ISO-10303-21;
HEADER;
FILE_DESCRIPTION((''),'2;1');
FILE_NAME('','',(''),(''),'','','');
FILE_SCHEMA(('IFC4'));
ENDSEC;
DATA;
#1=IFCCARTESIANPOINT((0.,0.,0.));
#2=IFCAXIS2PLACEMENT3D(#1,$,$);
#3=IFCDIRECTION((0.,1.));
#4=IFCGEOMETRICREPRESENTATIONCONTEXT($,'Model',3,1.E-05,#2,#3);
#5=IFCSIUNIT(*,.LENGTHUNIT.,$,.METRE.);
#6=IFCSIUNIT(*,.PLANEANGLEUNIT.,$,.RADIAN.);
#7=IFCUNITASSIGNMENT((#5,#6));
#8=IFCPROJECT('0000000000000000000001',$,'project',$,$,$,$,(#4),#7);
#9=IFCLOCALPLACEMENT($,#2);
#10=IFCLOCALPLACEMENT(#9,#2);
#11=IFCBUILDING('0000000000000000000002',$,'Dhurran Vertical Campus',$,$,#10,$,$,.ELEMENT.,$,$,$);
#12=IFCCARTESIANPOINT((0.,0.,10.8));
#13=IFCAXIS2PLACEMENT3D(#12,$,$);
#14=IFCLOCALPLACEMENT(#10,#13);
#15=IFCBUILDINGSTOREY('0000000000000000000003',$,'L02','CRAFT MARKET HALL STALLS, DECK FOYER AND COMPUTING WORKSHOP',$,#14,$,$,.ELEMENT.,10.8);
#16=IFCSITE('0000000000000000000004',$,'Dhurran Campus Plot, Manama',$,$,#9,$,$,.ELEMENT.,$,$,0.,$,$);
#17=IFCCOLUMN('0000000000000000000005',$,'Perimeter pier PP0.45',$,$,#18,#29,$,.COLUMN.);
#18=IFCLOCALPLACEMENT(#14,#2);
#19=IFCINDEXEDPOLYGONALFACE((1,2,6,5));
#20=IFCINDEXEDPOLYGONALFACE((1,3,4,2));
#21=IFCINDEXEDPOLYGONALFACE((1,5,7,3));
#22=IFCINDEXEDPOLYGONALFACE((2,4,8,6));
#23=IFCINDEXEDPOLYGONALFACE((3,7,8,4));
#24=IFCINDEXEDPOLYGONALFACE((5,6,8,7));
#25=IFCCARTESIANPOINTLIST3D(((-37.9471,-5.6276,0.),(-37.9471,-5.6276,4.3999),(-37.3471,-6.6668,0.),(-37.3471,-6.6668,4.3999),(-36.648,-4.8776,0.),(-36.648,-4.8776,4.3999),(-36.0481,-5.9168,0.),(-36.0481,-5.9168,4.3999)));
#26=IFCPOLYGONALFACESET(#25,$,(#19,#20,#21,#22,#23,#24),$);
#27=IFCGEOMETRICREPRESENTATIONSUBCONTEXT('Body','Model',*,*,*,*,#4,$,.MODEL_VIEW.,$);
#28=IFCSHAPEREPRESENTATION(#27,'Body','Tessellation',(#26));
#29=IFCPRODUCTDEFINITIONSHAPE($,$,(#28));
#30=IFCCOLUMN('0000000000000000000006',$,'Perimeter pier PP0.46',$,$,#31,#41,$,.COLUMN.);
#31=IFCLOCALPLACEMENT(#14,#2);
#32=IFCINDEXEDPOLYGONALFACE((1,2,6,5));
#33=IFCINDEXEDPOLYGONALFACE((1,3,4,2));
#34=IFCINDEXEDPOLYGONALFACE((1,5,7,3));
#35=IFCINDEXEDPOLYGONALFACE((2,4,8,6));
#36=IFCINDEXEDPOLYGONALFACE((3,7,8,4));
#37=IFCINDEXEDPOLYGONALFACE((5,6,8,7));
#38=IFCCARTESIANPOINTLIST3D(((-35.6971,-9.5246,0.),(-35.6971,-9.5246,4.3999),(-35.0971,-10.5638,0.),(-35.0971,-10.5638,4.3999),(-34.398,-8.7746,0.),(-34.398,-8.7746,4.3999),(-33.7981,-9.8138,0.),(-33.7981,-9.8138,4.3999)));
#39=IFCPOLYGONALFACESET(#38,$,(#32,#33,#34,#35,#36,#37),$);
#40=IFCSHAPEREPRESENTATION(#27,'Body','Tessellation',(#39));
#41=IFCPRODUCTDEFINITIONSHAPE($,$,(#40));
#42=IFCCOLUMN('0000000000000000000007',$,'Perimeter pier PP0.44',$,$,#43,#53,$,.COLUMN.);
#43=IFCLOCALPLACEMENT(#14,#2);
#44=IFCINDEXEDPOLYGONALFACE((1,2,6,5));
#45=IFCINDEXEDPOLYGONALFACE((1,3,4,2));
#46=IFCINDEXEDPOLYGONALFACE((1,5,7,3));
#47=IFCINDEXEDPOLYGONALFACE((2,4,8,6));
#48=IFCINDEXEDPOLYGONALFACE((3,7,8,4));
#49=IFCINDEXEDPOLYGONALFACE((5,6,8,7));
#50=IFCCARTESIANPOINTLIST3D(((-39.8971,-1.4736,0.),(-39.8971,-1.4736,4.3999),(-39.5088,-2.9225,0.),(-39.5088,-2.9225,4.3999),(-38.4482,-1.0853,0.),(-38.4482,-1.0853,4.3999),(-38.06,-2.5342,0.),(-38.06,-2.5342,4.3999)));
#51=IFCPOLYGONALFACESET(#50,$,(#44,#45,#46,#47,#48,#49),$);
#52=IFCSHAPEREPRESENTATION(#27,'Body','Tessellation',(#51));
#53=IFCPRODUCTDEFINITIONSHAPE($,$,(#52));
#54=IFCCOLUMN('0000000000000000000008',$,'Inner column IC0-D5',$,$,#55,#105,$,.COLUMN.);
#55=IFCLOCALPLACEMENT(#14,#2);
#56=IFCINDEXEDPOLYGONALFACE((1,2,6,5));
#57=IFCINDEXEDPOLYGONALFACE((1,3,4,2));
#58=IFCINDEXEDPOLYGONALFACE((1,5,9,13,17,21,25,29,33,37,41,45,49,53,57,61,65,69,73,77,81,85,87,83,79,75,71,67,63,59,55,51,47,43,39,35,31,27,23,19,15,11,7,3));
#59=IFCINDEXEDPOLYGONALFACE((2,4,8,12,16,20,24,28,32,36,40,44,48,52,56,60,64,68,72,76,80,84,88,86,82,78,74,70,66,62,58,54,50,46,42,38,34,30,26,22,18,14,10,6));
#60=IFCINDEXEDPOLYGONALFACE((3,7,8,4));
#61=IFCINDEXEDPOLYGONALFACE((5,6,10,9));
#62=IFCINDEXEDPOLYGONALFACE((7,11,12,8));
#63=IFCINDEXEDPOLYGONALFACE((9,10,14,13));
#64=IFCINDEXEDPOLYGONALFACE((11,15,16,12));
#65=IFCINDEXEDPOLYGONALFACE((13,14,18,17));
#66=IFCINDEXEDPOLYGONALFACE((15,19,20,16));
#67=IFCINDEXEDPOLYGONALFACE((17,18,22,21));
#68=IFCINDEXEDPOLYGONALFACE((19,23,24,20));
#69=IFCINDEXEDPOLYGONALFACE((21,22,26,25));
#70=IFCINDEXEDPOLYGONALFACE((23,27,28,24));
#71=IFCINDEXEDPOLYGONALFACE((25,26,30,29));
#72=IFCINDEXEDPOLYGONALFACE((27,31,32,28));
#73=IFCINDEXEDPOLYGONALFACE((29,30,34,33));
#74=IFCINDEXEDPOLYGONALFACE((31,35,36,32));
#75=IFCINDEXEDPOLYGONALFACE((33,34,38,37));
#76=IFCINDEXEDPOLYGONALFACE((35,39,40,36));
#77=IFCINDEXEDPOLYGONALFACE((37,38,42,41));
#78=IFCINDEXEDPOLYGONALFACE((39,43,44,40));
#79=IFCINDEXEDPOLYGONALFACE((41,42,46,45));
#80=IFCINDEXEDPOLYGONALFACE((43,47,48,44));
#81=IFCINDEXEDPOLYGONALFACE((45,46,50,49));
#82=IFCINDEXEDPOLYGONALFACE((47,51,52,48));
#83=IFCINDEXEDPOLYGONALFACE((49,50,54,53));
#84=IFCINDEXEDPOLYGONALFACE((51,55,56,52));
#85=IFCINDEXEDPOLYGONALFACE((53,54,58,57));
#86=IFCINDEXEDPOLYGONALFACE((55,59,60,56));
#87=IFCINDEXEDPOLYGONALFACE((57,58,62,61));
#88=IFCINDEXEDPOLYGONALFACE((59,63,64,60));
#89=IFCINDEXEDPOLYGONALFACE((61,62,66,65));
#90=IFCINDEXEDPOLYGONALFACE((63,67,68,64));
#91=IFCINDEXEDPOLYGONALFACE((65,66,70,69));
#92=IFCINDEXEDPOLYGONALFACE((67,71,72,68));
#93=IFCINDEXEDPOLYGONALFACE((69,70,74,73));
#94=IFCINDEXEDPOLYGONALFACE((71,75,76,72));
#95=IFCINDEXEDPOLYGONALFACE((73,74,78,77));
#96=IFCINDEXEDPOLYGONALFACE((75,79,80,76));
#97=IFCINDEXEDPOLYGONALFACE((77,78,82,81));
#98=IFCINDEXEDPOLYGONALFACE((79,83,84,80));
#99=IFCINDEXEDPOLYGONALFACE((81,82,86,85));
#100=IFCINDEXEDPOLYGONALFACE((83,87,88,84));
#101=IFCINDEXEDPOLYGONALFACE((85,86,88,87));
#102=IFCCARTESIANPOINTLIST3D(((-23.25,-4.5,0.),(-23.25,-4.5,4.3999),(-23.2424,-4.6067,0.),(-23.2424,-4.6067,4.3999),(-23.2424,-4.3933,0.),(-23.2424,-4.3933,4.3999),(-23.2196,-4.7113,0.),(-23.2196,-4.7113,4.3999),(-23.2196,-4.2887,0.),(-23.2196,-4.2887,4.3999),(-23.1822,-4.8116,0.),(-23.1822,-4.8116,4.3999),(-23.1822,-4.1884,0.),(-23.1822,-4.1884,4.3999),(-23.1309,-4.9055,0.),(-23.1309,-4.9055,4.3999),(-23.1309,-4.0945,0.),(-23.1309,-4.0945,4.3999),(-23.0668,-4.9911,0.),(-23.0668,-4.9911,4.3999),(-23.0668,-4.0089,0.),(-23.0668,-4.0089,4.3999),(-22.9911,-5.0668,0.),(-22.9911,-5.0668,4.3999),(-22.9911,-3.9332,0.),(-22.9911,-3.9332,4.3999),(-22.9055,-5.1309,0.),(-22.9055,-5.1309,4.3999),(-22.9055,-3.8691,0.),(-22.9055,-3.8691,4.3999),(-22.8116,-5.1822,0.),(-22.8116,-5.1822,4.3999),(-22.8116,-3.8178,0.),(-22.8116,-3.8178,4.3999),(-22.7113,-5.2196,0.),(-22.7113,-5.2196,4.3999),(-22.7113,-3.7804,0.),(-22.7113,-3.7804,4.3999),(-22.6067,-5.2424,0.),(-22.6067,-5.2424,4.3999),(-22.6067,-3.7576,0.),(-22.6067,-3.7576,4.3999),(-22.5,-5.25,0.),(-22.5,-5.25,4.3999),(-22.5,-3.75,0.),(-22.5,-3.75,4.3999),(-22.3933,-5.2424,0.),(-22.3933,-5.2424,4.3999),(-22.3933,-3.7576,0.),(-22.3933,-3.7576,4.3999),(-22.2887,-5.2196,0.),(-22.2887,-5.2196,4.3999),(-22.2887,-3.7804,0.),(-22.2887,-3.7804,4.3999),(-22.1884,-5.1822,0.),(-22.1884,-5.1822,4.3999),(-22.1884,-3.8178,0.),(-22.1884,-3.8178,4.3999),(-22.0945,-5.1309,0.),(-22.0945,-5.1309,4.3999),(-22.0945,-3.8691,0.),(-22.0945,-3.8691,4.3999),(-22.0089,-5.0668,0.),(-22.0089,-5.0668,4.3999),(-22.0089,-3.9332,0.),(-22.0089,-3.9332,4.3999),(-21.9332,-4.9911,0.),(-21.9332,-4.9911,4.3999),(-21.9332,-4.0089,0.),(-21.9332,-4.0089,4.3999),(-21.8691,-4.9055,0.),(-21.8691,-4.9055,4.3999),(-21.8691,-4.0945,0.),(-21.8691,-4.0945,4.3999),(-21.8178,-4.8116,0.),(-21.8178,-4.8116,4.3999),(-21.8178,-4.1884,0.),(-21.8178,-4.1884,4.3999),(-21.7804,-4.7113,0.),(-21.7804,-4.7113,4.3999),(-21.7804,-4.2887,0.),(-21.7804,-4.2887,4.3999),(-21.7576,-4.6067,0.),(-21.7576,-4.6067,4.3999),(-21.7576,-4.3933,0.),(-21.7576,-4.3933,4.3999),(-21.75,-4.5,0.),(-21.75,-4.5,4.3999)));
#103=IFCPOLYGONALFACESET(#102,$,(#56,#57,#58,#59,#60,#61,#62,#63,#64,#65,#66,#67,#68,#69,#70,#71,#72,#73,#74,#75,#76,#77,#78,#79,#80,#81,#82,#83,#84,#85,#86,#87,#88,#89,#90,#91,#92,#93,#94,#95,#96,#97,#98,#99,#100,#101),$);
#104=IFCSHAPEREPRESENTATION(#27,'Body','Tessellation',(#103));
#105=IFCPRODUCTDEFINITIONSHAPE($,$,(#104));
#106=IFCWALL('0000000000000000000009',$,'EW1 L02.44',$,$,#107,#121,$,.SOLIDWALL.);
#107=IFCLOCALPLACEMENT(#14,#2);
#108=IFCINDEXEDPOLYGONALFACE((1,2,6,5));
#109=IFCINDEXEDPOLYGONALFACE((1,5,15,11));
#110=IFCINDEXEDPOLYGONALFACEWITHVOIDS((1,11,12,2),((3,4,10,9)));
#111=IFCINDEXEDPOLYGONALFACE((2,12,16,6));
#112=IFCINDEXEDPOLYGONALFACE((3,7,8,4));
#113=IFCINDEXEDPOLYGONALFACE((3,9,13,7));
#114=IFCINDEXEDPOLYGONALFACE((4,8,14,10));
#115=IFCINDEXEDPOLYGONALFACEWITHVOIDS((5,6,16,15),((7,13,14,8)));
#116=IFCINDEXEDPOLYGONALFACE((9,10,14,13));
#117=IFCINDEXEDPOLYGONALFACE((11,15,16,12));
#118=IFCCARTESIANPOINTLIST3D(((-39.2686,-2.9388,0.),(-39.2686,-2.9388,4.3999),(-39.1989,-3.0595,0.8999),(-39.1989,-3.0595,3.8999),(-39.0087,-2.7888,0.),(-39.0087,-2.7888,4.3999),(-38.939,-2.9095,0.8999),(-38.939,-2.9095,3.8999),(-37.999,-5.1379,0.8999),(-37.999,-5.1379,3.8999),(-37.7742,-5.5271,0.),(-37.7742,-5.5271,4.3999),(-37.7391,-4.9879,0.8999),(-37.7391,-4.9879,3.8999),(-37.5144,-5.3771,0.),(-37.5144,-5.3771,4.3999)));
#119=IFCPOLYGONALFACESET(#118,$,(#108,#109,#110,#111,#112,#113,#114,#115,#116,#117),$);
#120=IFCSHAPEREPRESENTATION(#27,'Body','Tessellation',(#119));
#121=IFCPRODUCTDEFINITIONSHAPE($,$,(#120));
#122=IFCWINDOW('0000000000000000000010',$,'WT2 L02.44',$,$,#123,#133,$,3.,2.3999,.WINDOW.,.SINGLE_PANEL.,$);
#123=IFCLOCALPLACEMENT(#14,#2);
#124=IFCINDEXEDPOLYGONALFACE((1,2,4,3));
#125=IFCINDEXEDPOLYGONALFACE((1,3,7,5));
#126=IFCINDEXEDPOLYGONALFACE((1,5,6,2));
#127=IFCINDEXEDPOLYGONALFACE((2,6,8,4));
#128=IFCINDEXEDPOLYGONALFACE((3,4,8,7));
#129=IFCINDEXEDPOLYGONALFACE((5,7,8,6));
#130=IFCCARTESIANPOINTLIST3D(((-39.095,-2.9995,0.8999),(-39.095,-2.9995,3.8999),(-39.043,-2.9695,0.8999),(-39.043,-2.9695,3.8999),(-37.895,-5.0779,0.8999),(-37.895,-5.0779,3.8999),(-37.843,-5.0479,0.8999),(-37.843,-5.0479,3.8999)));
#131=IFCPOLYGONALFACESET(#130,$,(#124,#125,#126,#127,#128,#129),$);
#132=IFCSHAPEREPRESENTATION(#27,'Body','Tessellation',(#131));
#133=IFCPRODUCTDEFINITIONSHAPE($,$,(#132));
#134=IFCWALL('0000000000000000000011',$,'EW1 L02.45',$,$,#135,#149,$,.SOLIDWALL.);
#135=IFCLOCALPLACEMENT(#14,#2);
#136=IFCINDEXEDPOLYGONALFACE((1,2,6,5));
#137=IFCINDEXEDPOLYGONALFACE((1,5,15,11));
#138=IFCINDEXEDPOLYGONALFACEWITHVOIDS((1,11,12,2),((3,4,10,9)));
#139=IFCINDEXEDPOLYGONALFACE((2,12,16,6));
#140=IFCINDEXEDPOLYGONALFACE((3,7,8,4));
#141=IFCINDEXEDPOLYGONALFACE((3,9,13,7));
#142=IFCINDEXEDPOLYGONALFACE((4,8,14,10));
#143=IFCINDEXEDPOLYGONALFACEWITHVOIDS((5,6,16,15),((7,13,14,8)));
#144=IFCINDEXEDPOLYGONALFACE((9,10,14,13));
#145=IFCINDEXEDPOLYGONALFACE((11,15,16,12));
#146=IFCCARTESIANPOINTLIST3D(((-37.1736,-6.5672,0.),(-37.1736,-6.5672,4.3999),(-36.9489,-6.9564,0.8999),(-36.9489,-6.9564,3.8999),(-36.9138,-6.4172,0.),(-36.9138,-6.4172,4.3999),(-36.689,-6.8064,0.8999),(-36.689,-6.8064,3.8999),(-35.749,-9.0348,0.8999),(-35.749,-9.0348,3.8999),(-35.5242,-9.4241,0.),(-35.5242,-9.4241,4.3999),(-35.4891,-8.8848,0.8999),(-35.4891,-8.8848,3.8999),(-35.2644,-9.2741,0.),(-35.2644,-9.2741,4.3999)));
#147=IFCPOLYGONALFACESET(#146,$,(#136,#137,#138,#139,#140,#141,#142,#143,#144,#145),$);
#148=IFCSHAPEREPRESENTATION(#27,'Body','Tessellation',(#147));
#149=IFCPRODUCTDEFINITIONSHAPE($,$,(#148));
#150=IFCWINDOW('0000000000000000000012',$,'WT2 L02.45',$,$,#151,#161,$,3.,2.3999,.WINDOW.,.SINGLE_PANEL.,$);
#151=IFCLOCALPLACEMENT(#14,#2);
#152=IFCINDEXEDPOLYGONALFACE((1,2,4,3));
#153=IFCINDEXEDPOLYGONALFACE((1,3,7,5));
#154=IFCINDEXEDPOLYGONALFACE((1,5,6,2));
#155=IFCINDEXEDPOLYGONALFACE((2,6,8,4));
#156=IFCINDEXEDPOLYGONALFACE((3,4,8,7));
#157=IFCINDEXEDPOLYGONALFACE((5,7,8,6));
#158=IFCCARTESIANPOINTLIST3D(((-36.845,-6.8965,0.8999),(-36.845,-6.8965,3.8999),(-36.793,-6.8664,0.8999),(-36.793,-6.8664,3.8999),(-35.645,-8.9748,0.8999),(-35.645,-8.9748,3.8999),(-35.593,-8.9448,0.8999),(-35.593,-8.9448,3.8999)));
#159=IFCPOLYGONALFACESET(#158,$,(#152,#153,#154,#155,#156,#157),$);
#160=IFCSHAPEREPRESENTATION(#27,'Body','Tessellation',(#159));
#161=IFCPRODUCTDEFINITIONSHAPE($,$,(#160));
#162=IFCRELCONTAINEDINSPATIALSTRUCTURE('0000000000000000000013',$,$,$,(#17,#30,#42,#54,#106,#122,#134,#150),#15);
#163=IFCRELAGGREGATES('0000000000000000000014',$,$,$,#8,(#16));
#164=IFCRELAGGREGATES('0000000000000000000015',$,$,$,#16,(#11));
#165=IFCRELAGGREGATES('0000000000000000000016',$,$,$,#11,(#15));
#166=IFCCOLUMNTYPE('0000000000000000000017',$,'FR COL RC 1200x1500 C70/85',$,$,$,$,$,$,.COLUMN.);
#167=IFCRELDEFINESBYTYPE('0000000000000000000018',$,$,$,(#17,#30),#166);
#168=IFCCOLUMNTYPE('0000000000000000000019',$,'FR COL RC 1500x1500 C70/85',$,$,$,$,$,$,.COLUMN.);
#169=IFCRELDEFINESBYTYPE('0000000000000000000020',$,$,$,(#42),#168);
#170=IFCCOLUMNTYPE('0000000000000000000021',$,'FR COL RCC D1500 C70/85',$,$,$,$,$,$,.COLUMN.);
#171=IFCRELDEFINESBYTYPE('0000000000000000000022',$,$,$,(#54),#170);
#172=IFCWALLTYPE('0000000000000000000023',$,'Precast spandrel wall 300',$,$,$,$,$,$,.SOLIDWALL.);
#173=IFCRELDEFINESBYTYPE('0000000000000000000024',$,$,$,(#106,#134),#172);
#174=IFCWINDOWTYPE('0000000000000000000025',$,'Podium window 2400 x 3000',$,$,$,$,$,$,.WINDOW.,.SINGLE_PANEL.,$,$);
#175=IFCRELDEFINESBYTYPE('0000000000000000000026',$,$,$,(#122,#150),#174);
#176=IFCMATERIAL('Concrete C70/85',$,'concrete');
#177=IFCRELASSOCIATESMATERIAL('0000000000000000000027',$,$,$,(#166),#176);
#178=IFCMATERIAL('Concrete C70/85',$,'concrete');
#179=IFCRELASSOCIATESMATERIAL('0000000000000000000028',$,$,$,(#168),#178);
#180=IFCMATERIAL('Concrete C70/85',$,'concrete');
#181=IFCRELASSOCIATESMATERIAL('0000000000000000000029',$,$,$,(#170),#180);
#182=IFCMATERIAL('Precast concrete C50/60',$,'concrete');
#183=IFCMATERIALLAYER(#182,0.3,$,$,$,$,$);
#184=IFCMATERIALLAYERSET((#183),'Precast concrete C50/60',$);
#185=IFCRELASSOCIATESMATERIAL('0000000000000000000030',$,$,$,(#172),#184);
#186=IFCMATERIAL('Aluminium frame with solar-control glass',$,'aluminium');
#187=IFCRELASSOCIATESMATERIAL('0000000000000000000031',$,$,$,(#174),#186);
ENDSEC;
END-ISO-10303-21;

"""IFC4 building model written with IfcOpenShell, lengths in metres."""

from ifc_helpers import new_model, si_unit, direction, frame, frame_2d, origin, origin_2d, place, context, subcontext, project, spatial, rectangle, circle, extrude, material, layer, layer_set, material_profile, profile_set, type_object, element, fill, save


model = new_model("IFC4")

# Units and contexts
model_context = context("Model", 3, precision=1e-05, world=origin(), true_north=direction((0.0, 1.0)))
body_context = subcontext(model_context, "Body", "Model", "MODEL_VIEW")
ifc_project = project(units=[si_unit("LENGTHUNIT", "METRE"), si_unit("PLANEANGLEUNIT", "RADIAN")], contexts=[model_context])

# Site, building, storey
site_placement = place(None, origin())
site = spatial("IfcSite", under=ifc_project, at=site_placement, Name="Dhurran Campus Plot, Manama", CompositionType="ELEMENT", RefElevation=0.0)
building_placement = place(site_placement, origin())
building = spatial("IfcBuilding", under=site, at=building_placement, Name="Dhurran Vertical Campus", CompositionType="ELEMENT")
storey_placement = place(building_placement, frame((0.0, 0.0, 10.8)))
storey = spatial("IfcBuildingStorey", under=building, at=storey_placement, Name="L02", Description="CRAFT MARKET HALL STALLS, DECK FOYER AND COMPUTING WORKSHOP", CompositionType="ELEMENT", Elevation=10.8)

# Columns
ifc_material_1 = material(Name="Concrete C70/85", Category="concrete")
ifc_material_profile_1 = material_profile(ifc_material_1, rectangle(XDim=1.2, YDim=1.5, at=origin_2d()), Name="RC 1200x1500")
ifc_profile_set_1 = profile_set([ifc_material_profile_1], Name="Concrete C70/85")
column_type_1 = type_object("IfcColumnType", Name="FR COL RC 1200x1500 C70/85", PredefinedType="COLUMN", material=ifc_profile_set_1)
for number, where, z_axis, x_axis, name in (
    (1, (-36.9976, -5.7722, 0.0), (0.0, 0.0, 1.0), (0.5, -0.866025, 0.0), "Perimeter pier PP0.45"),
    (2, (-34.7476, -9.6692, 0.0), (0.0, 0.0, 1.0), (0.5, -0.866025, 0.0), "Perimeter pier PP0.46"),
):
    element("IfcColumn", number, at=place(storey_placement, frame(where, z_axis=z_axis, x_axis=x_axis)), inside=storey, type_object=column_type_1, Name=name, PredefinedType="COLUMN", context=body_context, shape_type="SweptSolid", body=[
        extrude(rectangle(XDim=1.2, YDim=1.5, at=origin_2d()), origin(), (0.0, 0.0, 1.0), 4.3999),
    ])
ifc_material_2 = material(Name="Concrete C70/85", Category="concrete")
ifc_material_profile_2 = material_profile(ifc_material_2, rectangle(XDim=1.5, YDim=1.5, at=origin_2d()), Name="RC 1500x1500")
ifc_profile_set_2 = profile_set([ifc_material_profile_2], Name="Concrete C70/85")
column_type_2 = type_object("IfcColumnType", Name="FR COL RC 1500x1500 C70/85", PredefinedType="COLUMN", material=ifc_profile_set_2)
column_1_placement = place(storey_placement, frame((-38.9785, -2.0039, 0.0), z_axis=(0.0, 0.0, 1.0), x_axis=(0.258819, -0.965926, 0.0)))
element("IfcColumn", 3, at=column_1_placement, inside=storey, type_object=column_type_2, Name="Perimeter pier PP0.44", PredefinedType="COLUMN", context=body_context, shape_type="SweptSolid", body=[
    extrude(rectangle(XDim=1.5, YDim=1.5, at=origin_2d()), origin(), (0.0, 0.0, 1.0), 4.3999),
])
ifc_material_3 = material(Name="Concrete C70/85", Category="concrete")
ifc_material_profile_3 = material_profile(ifc_material_3, circle(Radius=0.75, at=origin_2d()), Name="RCC D1500")
ifc_profile_set_3 = profile_set([ifc_material_profile_3], Name="Concrete C70/85")
column_type_3 = type_object("IfcColumnType", Name="FR COL RCC D1500 C70/85", PredefinedType="COLUMN", material=ifc_profile_set_3)
column_2_placement = place(storey_placement, frame((-22.5, -4.5, 0.0), z_axis=(0.0, 0.0, 1.0), x_axis=(1.0, 0.0, 0.0)))
element("IfcColumn", 4, at=column_2_placement, inside=storey, type_object=column_type_3, Name="Inner column IC0-D5", PredefinedType="COLUMN", context=body_context, shape_type="SweptSolid", body=[
    extrude(circle(Radius=0.75, at=origin_2d()), origin(), (0.0, 0.0, 1.0), 4.3999),
])

# Walls, openings, windows
ifc_material_4 = material(Name="Precast concrete C50/60", Category="concrete")
ifc_layer_1 = layer(ifc_material_4, 0.3)
ifc_layer_set_1 = layer_set([ifc_layer_1], Name="Precast concrete C50/60")
wall_type_1 = type_object("IfcWallType", Name="Precast spandrel wall 300", PredefinedType="SOLIDWALL", material=ifc_layer_set_1)
wall_1_placement = place(storey_placement, frame((-39.1387, -2.8638, 0.0), z_axis=(0.0, 0.0, 1.0), x_axis=(0.499996, -0.866028, 0.0)))
wall_1 = element("IfcWall", 5, at=wall_1_placement, inside=storey, type_object=wall_type_1, Name="EW1 L02.44", PredefinedType="SOLIDWALL", context=body_context, shape_type="SweptSolid", body=[
    extrude(rectangle(XDim=2.9888, YDim=0.3, at=frame_2d((1.4944, 0.0))), origin(), (0.0, 0.0, 1.0), 4.3999),
])
opening_1_placement = place(wall_1_placement, frame((0.1394, 0.0, 0.8999)))
opening_1 = element("IfcOpeningElement", 6, at=opening_1_placement, cuts=wall_1, PredefinedType="OPENING", context=body_context, shape_type="SweptSolid", body=[
    extrude(rectangle(XDim=2.3999, YDim=3.0, at=frame_2d((1.2, 1.5))), frame((0.0, 0.1599, 0.0), z_axis=(0.0, -1.0, 0.0), x_axis=(1.0, 0.0, 0.0)), (0.0, 0.0, 1.0), 0.3201),
])
ifc_material_5 = material(Name="Aluminium frame with solar-control glass", Category="aluminium")
window_type = type_object("IfcWindowType", Name="Podium window 2400 x 3000", PartitioningType="SINGLE_PANEL", PredefinedType="WINDOW", material=ifc_material_5)
window_1_placement = place(opening_1_placement, origin())
window_1 = element("IfcWindow", 7, at=window_1_placement, inside=storey, type_object=window_type, Name="WT2 L02.44", OverallHeight=3.0, OverallWidth=2.3999, PartitioningType="SINGLE_PANEL", PredefinedType="WINDOW", context=body_context, shape_type="SweptSolid", body=[
    extrude(rectangle(XDim=2.3999, YDim=3.0, at=frame_2d((1.2, 1.5))), frame((0.0, 0.03, 0.0), z_axis=(0.0, -1.0, 0.0), x_axis=(1.0, 0.0, 0.0)), (0.0, 0.0, 1.0), 0.0601),
])
fill(opening_1, window_1)
wall_2_placement = place(storey_placement, frame((-37.0437, -6.4922, 0.0), z_axis=(0.0, 0.0, 1.0), x_axis=(0.499992, -0.86603, 0.0)))
wall_2 = element("IfcWall", 8, at=wall_2_placement, inside=storey, type_object=wall_type_1, Name="EW1 L02.45", PredefinedType="SOLIDWALL", context=body_context, shape_type="SweptSolid", body=[
    extrude(rectangle(XDim=3.2988, YDim=0.3, at=frame_2d((1.6494, 0.0))), origin(), (0.0, 0.0, 1.0), 4.3999),
])
opening_2_placement = place(wall_2_placement, frame((0.4495, 0.0, 0.8999)))
opening_2 = element("IfcOpeningElement", 9, at=opening_2_placement, cuts=wall_2, PredefinedType="OPENING", context=body_context, shape_type="SweptSolid", body=[
    extrude(rectangle(XDim=2.3999, YDim=3.0, at=frame_2d((1.2, 1.5))), frame((0.0, 0.1599, 0.0), z_axis=(0.0, -1.0, 0.0), x_axis=(1.0, 0.0, 0.0)), (0.0, 0.0, 1.0), 0.3201),
])
window_2_placement = place(opening_2_placement, origin())
window_2 = element("IfcWindow", 10, at=window_2_placement, inside=storey, type_object=window_type, Name="WT2 L02.45", OverallHeight=3.0, OverallWidth=2.3999, PartitioningType="SINGLE_PANEL", PredefinedType="WINDOW", context=body_context, shape_type="SweptSolid", body=[
    extrude(rectangle(XDim=2.3999, YDim=3.0, at=frame_2d((1.2, 1.5))), frame((0.0, 0.03, 0.0), z_axis=(0.0, -1.0, 0.0), x_axis=(1.0, 0.0, 0.0)), (0.0, 0.0, 1.0), 0.0601),
])
fill(opening_2, window_2)

save(model, "model.ifc")
